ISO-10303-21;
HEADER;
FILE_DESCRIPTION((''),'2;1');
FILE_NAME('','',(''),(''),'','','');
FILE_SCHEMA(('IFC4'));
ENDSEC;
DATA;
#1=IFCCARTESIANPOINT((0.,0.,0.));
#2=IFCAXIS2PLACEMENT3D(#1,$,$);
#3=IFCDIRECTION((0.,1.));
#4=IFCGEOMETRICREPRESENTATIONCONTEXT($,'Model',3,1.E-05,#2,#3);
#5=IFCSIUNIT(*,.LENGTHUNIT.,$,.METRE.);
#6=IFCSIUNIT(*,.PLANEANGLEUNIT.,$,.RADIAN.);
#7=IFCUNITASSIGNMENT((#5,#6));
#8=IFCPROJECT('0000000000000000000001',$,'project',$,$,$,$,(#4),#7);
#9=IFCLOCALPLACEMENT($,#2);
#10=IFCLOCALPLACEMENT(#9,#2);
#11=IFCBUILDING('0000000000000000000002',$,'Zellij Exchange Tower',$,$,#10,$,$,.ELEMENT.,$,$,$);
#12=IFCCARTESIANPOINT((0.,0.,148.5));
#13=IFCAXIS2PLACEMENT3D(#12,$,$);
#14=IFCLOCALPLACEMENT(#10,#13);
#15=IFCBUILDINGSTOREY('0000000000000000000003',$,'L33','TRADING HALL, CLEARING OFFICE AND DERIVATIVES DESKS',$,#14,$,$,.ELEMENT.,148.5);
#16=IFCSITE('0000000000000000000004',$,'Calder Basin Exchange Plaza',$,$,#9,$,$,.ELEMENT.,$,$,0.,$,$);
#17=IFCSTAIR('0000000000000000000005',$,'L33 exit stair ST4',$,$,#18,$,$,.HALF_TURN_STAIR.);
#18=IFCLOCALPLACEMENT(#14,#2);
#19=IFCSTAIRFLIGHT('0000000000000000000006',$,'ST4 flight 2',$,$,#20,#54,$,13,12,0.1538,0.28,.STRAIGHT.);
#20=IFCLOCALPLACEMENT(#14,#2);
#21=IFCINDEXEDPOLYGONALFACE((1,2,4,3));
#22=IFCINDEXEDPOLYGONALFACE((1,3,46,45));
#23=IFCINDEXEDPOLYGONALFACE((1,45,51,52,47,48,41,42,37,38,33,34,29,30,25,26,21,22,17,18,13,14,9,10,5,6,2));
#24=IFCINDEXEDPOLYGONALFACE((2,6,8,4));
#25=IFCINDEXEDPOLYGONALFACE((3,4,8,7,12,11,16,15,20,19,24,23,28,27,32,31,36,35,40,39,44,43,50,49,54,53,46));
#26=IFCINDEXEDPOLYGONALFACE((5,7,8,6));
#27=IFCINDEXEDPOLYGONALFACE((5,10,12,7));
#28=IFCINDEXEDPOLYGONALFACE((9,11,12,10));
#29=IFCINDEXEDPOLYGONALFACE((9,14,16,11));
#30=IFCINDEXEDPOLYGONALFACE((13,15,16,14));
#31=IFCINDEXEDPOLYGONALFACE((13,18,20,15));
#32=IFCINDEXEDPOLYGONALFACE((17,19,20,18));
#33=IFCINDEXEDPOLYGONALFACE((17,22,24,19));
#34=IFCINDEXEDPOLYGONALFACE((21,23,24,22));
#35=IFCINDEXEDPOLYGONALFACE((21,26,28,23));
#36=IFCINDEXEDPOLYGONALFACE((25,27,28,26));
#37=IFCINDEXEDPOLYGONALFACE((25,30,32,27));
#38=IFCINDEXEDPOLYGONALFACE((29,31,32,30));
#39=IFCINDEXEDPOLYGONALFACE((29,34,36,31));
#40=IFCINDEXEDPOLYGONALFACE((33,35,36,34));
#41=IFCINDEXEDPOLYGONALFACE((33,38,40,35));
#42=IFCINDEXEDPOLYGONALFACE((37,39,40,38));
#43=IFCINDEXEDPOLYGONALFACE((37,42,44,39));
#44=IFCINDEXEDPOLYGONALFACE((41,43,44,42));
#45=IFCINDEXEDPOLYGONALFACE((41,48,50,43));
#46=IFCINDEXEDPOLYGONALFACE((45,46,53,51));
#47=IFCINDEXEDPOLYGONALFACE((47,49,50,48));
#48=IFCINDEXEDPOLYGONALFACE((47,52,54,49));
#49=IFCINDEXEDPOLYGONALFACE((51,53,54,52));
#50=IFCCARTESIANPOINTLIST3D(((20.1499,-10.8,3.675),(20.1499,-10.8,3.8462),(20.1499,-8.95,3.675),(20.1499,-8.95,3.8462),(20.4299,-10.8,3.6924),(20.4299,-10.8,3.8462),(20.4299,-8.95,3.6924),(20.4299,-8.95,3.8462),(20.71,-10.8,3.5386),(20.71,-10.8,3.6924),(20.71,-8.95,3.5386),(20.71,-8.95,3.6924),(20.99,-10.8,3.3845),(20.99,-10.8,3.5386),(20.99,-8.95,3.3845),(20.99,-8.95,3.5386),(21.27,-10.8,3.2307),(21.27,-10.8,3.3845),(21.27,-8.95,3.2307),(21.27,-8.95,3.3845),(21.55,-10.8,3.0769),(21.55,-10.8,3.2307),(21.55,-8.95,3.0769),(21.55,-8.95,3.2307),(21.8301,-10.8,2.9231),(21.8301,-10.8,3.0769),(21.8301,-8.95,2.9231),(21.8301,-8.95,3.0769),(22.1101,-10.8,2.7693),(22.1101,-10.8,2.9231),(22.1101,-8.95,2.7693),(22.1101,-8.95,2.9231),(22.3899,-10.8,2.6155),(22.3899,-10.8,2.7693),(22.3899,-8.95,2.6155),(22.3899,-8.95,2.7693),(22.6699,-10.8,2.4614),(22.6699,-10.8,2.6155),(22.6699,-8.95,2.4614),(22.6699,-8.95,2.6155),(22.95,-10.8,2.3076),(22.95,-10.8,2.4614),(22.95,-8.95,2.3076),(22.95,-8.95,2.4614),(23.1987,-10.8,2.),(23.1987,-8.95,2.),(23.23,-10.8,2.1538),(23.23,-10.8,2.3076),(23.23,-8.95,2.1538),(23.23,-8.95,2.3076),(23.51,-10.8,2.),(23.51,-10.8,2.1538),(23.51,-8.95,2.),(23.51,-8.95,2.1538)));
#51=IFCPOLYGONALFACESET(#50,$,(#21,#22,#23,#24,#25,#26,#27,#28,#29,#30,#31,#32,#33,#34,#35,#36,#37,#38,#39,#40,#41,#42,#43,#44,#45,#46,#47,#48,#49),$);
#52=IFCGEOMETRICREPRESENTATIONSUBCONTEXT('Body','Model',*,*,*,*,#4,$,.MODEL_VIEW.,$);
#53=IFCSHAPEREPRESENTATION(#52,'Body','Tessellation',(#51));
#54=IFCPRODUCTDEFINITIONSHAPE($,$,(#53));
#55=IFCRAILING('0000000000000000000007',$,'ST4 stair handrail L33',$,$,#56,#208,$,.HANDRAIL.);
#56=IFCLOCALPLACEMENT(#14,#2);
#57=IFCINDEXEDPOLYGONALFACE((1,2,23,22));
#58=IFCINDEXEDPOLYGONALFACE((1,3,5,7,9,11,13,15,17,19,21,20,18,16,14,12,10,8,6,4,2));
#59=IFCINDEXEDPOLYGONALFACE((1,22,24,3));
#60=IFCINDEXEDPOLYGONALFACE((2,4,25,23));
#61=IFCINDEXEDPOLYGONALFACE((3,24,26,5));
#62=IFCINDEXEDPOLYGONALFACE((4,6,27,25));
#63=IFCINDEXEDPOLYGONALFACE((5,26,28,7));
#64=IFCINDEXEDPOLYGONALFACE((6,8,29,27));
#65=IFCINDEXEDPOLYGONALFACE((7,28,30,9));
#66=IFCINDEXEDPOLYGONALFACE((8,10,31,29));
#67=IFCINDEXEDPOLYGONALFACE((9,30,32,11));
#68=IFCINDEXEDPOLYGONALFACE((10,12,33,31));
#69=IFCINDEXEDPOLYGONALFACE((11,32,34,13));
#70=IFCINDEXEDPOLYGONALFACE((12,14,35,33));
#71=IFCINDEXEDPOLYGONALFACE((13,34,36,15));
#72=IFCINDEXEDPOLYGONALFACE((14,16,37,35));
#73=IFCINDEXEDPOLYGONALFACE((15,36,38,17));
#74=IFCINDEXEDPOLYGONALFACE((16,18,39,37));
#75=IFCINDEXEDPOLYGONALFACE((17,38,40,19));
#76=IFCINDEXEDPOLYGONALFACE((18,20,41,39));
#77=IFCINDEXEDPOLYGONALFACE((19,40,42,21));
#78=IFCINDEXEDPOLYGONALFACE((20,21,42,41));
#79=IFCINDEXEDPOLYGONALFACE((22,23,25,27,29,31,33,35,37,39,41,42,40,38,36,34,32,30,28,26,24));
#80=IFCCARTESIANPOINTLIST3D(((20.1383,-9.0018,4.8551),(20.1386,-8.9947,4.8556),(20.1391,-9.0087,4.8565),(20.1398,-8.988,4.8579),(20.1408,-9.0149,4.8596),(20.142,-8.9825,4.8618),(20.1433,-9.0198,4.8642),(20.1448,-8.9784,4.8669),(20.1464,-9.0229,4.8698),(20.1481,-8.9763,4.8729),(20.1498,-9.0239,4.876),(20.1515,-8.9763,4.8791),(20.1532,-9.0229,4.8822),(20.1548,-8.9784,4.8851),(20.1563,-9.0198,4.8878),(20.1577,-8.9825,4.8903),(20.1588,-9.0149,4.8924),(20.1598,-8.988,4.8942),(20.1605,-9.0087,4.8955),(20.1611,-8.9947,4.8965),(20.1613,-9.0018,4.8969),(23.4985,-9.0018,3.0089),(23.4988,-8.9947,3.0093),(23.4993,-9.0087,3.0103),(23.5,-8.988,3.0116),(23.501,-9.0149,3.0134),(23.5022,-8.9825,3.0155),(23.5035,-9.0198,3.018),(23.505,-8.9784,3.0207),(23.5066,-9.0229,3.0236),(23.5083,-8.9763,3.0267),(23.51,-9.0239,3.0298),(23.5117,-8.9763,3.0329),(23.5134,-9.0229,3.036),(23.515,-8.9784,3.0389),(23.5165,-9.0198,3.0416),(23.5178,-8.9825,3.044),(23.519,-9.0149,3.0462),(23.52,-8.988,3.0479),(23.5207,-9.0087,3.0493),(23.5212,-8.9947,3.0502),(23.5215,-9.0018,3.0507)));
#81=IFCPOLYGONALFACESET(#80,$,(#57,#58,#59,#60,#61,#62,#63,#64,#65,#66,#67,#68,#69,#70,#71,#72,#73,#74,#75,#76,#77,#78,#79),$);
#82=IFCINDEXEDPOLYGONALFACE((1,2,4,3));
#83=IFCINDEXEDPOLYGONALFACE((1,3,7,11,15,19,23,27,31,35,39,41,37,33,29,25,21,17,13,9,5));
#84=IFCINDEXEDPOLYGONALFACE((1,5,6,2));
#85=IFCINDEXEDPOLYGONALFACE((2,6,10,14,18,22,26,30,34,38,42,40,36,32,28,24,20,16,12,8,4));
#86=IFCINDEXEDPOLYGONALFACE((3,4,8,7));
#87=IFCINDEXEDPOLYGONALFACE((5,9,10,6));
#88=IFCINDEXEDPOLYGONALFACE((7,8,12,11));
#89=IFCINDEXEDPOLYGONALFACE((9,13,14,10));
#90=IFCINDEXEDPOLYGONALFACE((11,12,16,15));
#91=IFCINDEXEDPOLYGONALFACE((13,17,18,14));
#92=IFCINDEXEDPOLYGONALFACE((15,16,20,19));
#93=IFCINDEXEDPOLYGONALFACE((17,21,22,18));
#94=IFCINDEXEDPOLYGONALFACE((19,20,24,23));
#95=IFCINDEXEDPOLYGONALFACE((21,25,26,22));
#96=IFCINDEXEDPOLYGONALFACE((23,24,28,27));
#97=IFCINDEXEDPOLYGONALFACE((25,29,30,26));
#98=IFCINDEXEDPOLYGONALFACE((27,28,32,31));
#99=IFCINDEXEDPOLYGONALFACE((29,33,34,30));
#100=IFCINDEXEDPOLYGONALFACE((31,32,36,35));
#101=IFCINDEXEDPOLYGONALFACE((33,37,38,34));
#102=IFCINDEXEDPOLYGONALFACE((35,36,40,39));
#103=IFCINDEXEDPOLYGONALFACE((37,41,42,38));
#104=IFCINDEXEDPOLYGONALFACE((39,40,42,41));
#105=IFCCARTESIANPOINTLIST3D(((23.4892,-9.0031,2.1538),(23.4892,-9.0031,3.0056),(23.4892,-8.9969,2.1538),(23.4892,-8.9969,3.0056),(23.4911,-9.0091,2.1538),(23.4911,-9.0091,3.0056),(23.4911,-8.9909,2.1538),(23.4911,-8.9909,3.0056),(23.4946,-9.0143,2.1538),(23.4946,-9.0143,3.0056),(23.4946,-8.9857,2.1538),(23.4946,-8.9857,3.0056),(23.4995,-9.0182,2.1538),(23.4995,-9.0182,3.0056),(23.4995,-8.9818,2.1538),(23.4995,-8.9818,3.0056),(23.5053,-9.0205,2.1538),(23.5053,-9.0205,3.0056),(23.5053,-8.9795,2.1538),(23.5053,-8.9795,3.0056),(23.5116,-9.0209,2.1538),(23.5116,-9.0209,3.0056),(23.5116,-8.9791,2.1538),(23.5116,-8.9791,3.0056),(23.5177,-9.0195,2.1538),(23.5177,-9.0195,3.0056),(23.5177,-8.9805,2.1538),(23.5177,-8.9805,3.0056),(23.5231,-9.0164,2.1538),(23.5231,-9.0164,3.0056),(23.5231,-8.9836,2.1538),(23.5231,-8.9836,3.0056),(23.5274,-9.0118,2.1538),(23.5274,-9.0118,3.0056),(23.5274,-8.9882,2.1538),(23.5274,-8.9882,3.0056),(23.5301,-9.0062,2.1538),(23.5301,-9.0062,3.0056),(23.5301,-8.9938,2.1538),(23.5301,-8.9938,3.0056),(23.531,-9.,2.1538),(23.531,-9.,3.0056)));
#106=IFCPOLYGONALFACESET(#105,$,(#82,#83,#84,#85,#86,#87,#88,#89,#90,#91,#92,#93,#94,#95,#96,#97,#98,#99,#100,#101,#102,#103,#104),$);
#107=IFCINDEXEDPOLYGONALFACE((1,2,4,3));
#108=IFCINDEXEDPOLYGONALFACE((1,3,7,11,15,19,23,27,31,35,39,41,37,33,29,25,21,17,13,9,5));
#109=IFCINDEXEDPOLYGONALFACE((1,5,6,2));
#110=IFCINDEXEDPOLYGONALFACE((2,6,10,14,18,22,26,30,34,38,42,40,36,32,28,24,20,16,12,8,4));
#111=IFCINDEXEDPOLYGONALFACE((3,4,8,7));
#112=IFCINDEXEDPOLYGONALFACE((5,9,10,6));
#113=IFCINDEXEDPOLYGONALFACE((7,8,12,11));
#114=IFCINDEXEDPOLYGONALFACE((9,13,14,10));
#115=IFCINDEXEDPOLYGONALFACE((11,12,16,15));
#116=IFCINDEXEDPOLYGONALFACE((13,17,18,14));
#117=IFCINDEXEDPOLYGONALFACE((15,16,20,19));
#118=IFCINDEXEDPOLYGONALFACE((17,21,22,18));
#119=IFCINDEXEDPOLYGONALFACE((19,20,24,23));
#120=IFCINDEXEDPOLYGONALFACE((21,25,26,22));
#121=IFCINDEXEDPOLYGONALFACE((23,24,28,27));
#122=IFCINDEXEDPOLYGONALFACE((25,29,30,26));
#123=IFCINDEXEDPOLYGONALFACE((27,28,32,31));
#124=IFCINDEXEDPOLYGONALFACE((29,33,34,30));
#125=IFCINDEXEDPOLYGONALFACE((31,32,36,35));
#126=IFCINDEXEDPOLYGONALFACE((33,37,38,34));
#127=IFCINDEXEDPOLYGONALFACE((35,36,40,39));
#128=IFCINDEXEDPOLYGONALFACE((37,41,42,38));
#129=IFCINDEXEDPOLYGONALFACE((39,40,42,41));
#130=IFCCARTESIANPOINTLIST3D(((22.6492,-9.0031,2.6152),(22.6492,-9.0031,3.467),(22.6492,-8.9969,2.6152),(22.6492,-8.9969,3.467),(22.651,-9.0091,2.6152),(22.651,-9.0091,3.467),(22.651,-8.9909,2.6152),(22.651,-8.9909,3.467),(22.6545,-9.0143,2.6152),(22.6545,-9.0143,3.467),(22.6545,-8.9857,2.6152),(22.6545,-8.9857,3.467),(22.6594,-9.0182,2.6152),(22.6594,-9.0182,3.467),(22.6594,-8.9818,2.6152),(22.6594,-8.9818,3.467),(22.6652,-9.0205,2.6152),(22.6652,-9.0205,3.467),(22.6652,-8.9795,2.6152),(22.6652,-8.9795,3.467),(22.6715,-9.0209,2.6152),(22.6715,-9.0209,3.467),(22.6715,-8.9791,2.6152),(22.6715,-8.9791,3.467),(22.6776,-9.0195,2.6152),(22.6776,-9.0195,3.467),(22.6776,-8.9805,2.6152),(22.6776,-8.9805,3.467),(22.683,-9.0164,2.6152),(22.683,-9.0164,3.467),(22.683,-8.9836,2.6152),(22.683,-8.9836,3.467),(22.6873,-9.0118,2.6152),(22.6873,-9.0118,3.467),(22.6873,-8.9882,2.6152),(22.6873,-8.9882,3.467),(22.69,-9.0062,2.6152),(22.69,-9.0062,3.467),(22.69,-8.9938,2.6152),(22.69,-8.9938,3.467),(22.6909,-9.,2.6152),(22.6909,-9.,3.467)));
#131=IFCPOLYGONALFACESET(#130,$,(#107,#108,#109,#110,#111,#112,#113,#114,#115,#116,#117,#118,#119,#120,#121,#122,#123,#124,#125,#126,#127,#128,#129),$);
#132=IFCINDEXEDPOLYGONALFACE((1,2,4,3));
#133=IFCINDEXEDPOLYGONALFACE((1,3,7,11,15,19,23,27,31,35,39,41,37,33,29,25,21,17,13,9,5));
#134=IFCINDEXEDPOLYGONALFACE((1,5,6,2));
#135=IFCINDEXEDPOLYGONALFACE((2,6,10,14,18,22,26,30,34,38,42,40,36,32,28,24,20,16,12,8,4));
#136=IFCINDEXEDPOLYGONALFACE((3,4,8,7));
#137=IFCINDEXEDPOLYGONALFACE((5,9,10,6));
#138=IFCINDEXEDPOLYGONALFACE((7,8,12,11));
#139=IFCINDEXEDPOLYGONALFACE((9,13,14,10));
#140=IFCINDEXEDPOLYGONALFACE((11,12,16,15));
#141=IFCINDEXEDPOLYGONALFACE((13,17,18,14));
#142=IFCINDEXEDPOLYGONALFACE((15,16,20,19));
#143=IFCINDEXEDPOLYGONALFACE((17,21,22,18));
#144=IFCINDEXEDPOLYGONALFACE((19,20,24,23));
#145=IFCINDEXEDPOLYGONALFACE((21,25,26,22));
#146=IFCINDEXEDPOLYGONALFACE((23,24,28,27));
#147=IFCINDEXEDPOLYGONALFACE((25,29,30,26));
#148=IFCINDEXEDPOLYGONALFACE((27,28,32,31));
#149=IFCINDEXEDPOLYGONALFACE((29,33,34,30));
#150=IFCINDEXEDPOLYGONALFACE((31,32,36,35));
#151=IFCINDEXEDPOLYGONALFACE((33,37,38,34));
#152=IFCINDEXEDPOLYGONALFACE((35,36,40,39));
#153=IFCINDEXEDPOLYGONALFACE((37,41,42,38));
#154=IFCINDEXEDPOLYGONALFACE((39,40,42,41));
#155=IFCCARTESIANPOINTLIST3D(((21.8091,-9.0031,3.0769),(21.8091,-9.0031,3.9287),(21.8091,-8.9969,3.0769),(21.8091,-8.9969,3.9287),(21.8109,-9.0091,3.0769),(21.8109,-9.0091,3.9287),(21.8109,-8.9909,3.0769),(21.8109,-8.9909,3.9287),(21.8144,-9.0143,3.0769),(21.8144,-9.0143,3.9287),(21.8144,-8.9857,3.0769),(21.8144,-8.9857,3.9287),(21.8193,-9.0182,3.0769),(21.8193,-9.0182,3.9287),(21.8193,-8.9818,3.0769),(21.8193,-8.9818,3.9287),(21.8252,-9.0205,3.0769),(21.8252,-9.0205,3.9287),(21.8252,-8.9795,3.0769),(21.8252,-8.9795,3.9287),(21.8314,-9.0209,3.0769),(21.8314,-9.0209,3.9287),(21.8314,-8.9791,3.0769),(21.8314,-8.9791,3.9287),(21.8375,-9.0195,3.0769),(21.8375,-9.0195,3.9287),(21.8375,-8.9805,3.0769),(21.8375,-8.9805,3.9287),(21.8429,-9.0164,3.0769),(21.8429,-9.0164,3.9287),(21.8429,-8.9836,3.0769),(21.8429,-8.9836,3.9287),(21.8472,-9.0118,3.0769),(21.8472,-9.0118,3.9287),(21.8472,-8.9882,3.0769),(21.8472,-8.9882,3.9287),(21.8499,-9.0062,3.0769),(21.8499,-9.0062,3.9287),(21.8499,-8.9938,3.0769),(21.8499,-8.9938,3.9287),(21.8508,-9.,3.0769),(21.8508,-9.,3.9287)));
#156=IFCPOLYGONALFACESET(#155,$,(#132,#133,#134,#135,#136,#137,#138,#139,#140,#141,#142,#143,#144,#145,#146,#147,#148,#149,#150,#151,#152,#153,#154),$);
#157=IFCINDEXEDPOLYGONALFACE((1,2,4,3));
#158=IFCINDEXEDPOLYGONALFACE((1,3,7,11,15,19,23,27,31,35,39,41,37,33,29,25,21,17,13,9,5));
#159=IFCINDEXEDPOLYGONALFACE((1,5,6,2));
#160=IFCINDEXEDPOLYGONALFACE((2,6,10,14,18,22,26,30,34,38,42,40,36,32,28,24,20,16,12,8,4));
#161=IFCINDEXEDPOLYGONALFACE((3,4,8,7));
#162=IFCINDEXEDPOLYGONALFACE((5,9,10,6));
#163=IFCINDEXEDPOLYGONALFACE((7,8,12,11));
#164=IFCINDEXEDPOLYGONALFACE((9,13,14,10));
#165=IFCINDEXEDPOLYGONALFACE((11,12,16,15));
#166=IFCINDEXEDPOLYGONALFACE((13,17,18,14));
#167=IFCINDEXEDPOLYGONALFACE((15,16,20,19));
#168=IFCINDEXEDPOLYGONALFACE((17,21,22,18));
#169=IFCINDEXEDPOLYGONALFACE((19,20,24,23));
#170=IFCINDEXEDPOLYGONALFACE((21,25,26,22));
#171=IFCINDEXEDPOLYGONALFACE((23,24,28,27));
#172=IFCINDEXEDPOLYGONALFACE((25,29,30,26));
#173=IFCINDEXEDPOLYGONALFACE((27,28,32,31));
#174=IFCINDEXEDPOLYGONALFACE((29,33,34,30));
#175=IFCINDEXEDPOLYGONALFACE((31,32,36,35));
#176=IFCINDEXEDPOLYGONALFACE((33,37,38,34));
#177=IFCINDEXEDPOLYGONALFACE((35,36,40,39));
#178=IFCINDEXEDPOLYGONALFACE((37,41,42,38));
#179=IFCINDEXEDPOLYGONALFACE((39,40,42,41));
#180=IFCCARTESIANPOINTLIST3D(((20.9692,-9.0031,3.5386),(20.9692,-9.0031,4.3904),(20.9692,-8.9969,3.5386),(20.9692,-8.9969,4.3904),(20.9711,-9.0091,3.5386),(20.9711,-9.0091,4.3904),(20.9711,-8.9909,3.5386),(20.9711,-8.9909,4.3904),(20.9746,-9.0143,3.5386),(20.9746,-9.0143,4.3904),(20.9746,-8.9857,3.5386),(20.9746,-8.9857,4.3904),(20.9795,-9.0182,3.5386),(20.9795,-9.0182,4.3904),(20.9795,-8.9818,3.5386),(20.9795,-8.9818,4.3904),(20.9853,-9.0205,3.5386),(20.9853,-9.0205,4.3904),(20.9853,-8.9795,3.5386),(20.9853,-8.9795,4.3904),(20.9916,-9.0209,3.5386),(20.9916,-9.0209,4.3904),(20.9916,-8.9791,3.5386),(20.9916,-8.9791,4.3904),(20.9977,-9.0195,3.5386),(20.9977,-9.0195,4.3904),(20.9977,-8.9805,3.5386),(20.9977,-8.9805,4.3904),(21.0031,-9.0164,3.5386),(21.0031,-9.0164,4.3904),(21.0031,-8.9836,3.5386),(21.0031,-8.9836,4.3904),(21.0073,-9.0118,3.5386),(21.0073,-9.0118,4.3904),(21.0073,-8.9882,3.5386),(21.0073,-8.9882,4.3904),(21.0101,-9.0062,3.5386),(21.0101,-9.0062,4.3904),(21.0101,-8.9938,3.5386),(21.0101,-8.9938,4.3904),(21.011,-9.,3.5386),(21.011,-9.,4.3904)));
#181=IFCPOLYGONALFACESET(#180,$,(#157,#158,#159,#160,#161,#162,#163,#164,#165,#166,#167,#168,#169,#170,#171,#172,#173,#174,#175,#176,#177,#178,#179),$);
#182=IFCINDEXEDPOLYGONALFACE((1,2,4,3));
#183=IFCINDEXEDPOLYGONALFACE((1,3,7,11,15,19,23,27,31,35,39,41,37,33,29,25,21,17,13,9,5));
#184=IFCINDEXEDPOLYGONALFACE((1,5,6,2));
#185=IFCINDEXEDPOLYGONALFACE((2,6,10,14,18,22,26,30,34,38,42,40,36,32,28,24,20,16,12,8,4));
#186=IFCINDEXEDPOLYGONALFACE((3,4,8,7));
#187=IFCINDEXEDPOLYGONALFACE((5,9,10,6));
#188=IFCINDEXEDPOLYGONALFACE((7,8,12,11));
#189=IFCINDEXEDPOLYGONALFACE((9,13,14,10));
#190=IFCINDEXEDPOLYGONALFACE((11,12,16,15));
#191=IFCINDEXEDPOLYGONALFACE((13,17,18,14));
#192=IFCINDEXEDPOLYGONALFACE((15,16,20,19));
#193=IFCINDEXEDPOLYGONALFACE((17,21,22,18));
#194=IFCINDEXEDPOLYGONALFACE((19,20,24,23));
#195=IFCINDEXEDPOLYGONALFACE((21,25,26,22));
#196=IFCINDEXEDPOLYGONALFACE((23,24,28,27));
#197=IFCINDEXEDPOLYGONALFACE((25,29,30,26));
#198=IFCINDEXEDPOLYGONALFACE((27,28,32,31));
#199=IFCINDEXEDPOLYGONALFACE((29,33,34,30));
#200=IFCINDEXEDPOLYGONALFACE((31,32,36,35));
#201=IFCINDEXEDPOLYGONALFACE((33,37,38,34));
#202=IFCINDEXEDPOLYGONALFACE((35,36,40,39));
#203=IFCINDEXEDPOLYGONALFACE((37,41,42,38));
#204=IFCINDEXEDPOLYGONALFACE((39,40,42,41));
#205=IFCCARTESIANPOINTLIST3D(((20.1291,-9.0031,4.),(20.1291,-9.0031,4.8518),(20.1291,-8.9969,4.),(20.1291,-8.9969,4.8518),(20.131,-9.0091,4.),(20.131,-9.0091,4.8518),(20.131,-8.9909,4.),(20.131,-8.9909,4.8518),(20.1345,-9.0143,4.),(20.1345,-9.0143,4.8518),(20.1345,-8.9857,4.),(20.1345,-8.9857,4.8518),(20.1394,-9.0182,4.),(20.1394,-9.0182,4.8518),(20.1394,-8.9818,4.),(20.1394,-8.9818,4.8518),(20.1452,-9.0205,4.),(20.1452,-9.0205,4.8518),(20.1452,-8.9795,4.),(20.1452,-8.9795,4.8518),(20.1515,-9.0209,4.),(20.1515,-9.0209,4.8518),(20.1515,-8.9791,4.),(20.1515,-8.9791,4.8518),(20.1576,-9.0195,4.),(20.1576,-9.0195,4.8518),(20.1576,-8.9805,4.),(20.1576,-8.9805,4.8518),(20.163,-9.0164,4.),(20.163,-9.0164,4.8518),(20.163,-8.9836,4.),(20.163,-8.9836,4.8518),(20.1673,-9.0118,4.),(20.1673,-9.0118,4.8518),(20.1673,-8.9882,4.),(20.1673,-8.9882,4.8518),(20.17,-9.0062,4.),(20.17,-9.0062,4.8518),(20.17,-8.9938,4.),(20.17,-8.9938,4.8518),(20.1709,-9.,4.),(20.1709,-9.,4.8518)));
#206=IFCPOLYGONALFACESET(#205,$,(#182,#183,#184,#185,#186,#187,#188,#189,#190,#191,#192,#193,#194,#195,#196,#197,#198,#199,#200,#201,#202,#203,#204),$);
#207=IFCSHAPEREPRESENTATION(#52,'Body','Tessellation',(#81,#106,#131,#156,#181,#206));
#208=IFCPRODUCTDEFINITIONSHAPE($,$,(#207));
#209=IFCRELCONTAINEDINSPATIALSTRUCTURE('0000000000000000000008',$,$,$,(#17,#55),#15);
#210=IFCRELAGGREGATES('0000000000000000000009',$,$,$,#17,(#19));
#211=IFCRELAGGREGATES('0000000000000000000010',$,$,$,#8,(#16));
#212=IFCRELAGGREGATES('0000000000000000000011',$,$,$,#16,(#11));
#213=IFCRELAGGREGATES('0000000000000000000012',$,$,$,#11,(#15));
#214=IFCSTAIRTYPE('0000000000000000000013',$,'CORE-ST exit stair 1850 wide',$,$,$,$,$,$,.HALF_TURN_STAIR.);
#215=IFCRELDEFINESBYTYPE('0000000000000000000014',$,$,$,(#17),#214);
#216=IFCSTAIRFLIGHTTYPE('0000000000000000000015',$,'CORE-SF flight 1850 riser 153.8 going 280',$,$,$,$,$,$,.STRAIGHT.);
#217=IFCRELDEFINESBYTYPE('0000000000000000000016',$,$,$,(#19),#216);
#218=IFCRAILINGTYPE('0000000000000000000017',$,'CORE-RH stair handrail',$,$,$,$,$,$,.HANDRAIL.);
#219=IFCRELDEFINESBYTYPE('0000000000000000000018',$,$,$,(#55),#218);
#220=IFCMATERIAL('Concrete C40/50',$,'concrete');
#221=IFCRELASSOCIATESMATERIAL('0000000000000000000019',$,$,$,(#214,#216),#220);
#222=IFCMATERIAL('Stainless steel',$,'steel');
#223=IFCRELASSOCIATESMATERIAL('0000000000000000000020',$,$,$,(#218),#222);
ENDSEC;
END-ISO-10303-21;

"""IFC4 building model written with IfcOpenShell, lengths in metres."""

from ifc_helpers import new_model, si_unit, direction, frame, origin, origin_2d, place, context, subcontext, project, spatial, polyline, circle, outline, extrude, material, type_object, element, aggregate, save


model = new_model("IFC4")

# Units and contexts
model_context = context("Model", 3, precision=1e-05, world=origin(), true_north=direction((0.0, 1.0)))
body_context = subcontext(model_context, "Body", "Model", "MODEL_VIEW")
ifc_project = project(units=[si_unit("LENGTHUNIT", "METRE"), si_unit("PLANEANGLEUNIT", "RADIAN")], contexts=[model_context])

# Site, building, storey
site_placement = place(None, origin())
site = spatial("IfcSite", under=ifc_project, at=site_placement, Name="Calder Basin Exchange Plaza", CompositionType="ELEMENT", RefElevation=0.0)
building_placement = place(site_placement, origin())
building = spatial("IfcBuilding", under=site, at=building_placement, Name="Zellij Exchange Tower", CompositionType="ELEMENT")
storey_placement = place(building_placement, frame((0.0, 0.0, 148.5)))
storey = spatial("IfcBuildingStorey", under=building, at=storey_placement, Name="L33", Description="TRADING HALL, CLEARING OFFICE AND DERIVATIVES DESKS", CompositionType="ELEMENT", Elevation=148.5)

# Stair, stair flight
ifc_material_1 = material(Name="Concrete C40/50", Category="concrete")
stair_type = type_object("IfcStairType", Name="CORE-ST exit stair 1850 wide", PredefinedType="HALF_TURN_STAIR", material=ifc_material_1)
stair_placement = place(storey_placement, origin())
stair = element("IfcStair", 1, at=stair_placement, inside=storey, type_object=stair_type, Name="L33 exit stair ST4", PredefinedType="HALF_TURN_STAIR")
stair_flight_type = type_object("IfcStairFlightType", Name="CORE-SF flight 1850 riser 153.8 going 280", PredefinedType="STRAIGHT", material=ifc_material_1)
stair_flight_placement = place(storey_placement, frame((23.51, -9.875, 2.0), z_axis=(0.0, 0.0, 1.0), x_axis=(-1.0, 0.0, 0.0)))
stair_flight = element("IfcStairFlight", 2, at=stair_flight_placement, type_object=stair_flight_type, Name="ST4 flight 2", NumberOfRisers=13, NumberOfTreads=12, PredefinedType="STRAIGHT", RiserHeight=0.1538, TreadLength=0.28, context=body_context, shape_type="SweptSolid", body=[
    extrude(outline(polyline([(0.0, 0.0), (0.0, 0.1538), (0.28, 0.1538), (0.28, 0.3076), (0.5601, 0.3076), (0.5601, 0.4614), (0.8401, 0.4614), (0.8401, 0.6155), (1.1201, 0.6155), (1.1201, 0.7693), (1.3999, 0.7693), (1.3999, 0.9231), (1.6799, 0.9231), (1.6799, 1.0769), (1.96, 1.0769), (1.96, 1.2307), (2.24, 1.2307), (2.24, 1.3845), (2.52, 1.3845), (2.52, 1.5386), (2.8, 1.5386), (2.8, 1.6924), (3.0801, 1.6924), (3.0801, 1.8462), (3.3601, 1.8462), (3.3601, 2.0), (3.3601, 1.675), (0.3113, 0.0), (0.0, 0.0)])), frame((0.0, 0.925, 0.0), z_axis=(0.0, -1.0, 0.0), x_axis=(1.0, 0.0, 0.0)), (0.0, 0.0, 1.0), 1.8501),
])
aggregate(stair, [stair_flight])

# Railing
ifc_material_2 = material(Name="Stainless steel", Category="steel")
railing_type = type_object("IfcRailingType", Name="CORE-RH stair handrail", PredefinedType="HANDRAIL", material=ifc_material_2)
railing_placement = place(storey_placement, frame((23.51, -9.0, 2.1538)))
element("IfcRailing", 3, at=railing_placement, inside=storey, type_object=railing_type, Name="ST4 stair handrail L33", PredefinedType="HANDRAIL", context=body_context, shape_type="SweptSolid", body=[
    extrude(circle(Radius=0.0239, at=origin_2d()), frame((0.0, 0.0, 0.876), z_axis=(-0.876422, 0.0, 0.481545), x_axis=(0.0, -1.0, 0.0)), (0.0, 0.0, 1.0), 3.834),
    extrude(circle(Radius=0.021, at=origin_2d()), origin(), (0.0, 0.0, 1.0), 0.8518),
    extrude(circle(Radius=0.021, at=origin_2d()), frame((-0.8401, 0.0, 0.4614)), (0.0, 0.0, 1.0), 0.8518),
    extrude(circle(Radius=0.021, at=origin_2d()), frame((-1.6802, 0.0, 0.9231)), (0.0, 0.0, 1.0), 0.8518),
    extrude(circle(Radius=0.021, at=origin_2d()), frame((-2.52, 0.0, 1.3848)), (0.0, 0.0, 1.0), 0.8518),
    extrude(circle(Radius=0.021, at=origin_2d()), frame((-3.3601, 0.0, 1.8462)), (0.0, 0.0, 1.0), 0.8518),
])

save(model, "model.ifc")
